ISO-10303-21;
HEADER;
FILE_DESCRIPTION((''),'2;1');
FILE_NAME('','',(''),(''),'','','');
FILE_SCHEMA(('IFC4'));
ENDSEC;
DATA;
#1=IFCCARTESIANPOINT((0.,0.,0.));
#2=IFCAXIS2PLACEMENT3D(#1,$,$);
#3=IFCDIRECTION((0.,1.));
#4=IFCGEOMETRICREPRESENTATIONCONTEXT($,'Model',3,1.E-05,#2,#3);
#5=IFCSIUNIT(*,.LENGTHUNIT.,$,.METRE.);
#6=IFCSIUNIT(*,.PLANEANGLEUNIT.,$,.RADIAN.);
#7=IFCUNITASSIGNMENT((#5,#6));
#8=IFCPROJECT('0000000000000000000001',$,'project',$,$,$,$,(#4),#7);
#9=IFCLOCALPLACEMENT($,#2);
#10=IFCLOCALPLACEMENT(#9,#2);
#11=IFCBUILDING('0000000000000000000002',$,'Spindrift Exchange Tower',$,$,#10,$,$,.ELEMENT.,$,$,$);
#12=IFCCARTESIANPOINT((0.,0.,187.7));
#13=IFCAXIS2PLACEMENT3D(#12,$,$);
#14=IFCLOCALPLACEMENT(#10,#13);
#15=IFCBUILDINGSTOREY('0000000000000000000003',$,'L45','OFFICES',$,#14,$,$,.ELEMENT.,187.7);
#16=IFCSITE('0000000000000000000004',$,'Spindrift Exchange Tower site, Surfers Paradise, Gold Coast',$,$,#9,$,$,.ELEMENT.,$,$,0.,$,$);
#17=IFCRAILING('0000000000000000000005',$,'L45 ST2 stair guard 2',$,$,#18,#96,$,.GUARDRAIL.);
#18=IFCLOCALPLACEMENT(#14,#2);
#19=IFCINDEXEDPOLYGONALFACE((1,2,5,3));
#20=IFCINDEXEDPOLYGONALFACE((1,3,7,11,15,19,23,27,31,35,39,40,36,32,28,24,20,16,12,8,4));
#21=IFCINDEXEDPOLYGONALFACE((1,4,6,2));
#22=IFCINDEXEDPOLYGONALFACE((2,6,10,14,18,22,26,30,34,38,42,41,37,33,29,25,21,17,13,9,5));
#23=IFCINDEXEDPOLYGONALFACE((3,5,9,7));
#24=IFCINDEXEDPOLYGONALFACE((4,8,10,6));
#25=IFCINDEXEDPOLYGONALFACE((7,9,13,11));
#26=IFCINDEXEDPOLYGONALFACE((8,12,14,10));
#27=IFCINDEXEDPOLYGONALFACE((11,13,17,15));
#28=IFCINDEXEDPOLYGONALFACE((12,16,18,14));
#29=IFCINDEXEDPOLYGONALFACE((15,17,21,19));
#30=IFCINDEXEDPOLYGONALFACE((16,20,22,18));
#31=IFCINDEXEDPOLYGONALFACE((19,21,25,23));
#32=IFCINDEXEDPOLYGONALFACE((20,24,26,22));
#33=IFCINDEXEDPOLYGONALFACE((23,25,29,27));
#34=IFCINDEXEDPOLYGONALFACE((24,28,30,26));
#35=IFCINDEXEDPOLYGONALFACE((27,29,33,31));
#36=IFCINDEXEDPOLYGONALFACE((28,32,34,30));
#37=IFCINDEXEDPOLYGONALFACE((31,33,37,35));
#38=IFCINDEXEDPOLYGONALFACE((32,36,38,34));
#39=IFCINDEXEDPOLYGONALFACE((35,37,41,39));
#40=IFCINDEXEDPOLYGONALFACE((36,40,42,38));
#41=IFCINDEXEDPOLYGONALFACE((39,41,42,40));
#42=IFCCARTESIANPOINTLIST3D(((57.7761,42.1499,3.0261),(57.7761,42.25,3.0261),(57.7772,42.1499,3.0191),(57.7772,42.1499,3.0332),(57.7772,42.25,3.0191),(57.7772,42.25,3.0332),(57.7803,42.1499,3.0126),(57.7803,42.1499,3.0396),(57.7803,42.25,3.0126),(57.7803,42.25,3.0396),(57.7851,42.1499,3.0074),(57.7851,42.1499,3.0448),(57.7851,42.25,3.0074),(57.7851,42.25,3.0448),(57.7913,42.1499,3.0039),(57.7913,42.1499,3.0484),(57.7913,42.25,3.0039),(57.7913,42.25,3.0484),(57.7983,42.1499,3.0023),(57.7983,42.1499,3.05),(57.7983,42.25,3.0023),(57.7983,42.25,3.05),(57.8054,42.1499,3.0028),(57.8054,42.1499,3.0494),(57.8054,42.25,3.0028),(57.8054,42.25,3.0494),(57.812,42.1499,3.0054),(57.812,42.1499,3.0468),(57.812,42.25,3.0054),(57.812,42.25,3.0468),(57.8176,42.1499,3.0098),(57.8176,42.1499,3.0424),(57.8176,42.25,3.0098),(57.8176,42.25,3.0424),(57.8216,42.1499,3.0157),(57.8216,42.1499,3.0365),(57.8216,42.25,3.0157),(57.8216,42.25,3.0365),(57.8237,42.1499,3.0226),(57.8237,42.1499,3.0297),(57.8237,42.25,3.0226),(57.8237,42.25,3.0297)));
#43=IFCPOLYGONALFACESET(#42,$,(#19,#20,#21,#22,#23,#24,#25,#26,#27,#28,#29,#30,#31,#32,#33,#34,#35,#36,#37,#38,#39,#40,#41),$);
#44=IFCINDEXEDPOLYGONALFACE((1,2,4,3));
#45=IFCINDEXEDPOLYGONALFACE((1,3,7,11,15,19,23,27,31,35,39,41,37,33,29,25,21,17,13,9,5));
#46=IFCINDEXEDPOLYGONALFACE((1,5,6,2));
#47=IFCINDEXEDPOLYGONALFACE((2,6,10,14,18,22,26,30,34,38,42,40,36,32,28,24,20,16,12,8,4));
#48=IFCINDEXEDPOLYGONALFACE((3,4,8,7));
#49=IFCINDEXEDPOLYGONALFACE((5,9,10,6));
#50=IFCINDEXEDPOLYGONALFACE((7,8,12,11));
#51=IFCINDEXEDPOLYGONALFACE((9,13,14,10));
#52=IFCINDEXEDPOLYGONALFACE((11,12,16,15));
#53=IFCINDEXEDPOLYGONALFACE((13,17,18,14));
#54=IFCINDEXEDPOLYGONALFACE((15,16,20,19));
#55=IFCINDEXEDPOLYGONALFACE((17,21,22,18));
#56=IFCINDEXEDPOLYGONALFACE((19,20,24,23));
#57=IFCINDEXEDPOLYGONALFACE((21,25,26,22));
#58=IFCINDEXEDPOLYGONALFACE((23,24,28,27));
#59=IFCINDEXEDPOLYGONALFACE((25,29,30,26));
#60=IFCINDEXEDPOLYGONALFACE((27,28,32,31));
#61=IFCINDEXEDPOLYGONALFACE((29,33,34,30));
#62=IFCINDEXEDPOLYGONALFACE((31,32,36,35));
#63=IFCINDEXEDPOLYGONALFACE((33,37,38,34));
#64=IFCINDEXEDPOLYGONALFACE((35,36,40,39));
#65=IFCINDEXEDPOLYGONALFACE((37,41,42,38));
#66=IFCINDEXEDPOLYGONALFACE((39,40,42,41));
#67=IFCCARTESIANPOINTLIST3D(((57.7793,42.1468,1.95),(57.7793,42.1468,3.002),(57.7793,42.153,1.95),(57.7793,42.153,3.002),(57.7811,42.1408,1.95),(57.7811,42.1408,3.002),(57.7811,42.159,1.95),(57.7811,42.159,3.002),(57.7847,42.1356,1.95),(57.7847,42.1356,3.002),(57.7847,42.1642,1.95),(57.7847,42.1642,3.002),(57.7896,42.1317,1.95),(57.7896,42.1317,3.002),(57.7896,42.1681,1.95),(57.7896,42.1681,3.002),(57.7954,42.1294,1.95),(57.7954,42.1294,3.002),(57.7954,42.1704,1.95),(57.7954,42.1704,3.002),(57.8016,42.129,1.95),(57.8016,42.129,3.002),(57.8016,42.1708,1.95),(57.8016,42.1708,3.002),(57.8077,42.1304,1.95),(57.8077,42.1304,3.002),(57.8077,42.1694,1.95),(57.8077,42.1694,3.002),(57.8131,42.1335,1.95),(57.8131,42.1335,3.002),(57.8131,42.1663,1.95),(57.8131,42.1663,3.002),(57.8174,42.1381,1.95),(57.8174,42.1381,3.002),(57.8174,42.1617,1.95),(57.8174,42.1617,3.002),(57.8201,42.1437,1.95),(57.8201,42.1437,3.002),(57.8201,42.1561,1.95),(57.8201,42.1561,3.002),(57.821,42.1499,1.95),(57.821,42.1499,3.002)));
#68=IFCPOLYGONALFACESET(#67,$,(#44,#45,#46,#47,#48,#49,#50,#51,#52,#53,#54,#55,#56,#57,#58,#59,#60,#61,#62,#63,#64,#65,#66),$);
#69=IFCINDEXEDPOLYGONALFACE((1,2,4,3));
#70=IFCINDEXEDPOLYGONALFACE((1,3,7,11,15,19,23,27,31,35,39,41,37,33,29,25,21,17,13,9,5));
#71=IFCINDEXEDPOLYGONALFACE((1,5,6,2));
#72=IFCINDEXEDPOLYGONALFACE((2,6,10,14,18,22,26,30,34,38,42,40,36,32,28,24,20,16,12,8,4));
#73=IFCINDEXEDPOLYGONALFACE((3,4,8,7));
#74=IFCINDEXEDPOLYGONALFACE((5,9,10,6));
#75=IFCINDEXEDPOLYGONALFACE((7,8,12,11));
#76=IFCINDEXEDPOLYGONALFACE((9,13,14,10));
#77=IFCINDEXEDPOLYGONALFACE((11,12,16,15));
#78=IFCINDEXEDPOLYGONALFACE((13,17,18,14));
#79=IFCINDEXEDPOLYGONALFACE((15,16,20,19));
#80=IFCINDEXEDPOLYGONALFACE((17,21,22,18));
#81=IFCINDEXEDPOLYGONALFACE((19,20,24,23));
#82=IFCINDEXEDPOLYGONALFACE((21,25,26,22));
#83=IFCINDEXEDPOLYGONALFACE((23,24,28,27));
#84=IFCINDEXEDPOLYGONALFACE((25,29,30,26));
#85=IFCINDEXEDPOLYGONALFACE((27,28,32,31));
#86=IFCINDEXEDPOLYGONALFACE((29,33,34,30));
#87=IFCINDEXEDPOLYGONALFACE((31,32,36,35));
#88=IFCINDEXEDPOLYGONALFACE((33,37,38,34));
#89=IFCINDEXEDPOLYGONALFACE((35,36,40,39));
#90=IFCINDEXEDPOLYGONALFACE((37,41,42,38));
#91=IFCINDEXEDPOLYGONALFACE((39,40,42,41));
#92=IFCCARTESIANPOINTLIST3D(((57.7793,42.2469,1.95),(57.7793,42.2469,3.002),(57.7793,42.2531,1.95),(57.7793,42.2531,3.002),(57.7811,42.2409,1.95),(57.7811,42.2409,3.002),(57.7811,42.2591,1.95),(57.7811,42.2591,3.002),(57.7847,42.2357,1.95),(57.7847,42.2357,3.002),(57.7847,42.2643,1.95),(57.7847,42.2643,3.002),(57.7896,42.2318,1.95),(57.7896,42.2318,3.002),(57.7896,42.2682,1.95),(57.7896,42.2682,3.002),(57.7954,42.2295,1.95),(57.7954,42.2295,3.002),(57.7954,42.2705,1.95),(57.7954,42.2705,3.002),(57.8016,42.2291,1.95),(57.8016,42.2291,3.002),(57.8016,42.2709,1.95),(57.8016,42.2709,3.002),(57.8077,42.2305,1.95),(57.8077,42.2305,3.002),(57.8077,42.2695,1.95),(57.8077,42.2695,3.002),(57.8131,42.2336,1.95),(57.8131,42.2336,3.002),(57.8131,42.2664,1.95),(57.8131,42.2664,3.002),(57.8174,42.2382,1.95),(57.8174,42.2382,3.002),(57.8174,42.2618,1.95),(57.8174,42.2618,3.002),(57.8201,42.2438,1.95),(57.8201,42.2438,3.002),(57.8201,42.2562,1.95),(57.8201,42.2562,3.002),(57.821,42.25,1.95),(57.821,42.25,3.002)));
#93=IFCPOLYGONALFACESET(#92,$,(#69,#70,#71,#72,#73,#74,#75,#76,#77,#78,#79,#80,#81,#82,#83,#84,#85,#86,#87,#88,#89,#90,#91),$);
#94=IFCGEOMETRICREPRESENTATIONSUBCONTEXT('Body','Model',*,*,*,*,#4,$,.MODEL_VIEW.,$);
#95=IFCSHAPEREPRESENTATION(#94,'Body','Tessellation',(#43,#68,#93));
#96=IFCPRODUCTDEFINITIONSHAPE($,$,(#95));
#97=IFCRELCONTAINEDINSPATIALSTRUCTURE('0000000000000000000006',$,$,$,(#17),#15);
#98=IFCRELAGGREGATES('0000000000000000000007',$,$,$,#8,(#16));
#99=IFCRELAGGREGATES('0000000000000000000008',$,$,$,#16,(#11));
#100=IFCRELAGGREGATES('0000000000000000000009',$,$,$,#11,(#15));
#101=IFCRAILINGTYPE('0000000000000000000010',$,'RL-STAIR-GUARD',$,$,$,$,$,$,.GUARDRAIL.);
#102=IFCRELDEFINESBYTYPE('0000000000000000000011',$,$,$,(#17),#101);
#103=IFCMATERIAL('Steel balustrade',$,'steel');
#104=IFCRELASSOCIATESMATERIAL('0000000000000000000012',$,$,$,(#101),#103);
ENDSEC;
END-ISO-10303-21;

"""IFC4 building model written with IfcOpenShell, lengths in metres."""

from ifc_helpers import new_model, si_unit, direction, frame, origin, origin_2d, place, context, subcontext, project, spatial, circle, extrude, material, type_object, element, save


model = new_model("IFC4")

# Units and contexts
model_context = context("Model", 3, precision=1e-05, world=origin(), true_north=direction((0.0, 1.0)))
body_context = subcontext(model_context, "Body", "Model", "MODEL_VIEW")
ifc_project = project(units=[si_unit("LENGTHUNIT", "METRE"), si_unit("PLANEANGLEUNIT", "RADIAN")], contexts=[model_context])

# Site, building, storey
site_placement = place(None, origin())
site = spatial("IfcSite", under=ifc_project, at=site_placement, Name="Spindrift Exchange Tower site, Surfers Paradise, Gold Coast", CompositionType="ELEMENT", RefElevation=0.0)
building_placement = place(site_placement, origin())
building = spatial("IfcBuilding", under=site, at=building_placement, Name="Spindrift Exchange Tower", CompositionType="ELEMENT")
storey_placement = place(building_placement, frame((0.0, 0.0, 187.7)))
storey = spatial("IfcBuildingStorey", under=building, at=storey_placement, Name="L45", Description="OFFICES", CompositionType="ELEMENT", Elevation=187.7)

# Railing
ifc_material_1 = material(Name="Steel balustrade", Category="steel")
railing_type_1 = type_object("IfcRailingType", Name="RL-STAIR-GUARD", PredefinedType="GUARDRAIL", material=ifc_material_1)
railing_1_placement = place(storey_placement, frame((57.8, 42.1499, 1.95)))
element("IfcRailing", 1, at=railing_1_placement, inside=storey, type_object=railing_type_1, Name="L45 ST2 stair guard 2", PredefinedType="GUARDRAIL", context=body_context, shape_type="SweptSolid", body=[
    extrude(circle(Radius=0.0239, at=origin_2d()), frame((0.0, 0.0, 1.0762), z_axis=(0.0, 1.0, 0.0), x_axis=(-1.0, 0.0, 0.0)), (0.0, 0.0, 1.0), 0.1001),
    extrude(circle(Radius=0.021, at=origin_2d()), origin(), (0.0, 0.0, 1.0), 1.052),
    extrude(circle(Radius=0.021, at=origin_2d()), frame((0.0, 0.1001, 0.0)), (0.0, 0.0, 1.0), 1.052),
])

save(model, "model.ifc")
